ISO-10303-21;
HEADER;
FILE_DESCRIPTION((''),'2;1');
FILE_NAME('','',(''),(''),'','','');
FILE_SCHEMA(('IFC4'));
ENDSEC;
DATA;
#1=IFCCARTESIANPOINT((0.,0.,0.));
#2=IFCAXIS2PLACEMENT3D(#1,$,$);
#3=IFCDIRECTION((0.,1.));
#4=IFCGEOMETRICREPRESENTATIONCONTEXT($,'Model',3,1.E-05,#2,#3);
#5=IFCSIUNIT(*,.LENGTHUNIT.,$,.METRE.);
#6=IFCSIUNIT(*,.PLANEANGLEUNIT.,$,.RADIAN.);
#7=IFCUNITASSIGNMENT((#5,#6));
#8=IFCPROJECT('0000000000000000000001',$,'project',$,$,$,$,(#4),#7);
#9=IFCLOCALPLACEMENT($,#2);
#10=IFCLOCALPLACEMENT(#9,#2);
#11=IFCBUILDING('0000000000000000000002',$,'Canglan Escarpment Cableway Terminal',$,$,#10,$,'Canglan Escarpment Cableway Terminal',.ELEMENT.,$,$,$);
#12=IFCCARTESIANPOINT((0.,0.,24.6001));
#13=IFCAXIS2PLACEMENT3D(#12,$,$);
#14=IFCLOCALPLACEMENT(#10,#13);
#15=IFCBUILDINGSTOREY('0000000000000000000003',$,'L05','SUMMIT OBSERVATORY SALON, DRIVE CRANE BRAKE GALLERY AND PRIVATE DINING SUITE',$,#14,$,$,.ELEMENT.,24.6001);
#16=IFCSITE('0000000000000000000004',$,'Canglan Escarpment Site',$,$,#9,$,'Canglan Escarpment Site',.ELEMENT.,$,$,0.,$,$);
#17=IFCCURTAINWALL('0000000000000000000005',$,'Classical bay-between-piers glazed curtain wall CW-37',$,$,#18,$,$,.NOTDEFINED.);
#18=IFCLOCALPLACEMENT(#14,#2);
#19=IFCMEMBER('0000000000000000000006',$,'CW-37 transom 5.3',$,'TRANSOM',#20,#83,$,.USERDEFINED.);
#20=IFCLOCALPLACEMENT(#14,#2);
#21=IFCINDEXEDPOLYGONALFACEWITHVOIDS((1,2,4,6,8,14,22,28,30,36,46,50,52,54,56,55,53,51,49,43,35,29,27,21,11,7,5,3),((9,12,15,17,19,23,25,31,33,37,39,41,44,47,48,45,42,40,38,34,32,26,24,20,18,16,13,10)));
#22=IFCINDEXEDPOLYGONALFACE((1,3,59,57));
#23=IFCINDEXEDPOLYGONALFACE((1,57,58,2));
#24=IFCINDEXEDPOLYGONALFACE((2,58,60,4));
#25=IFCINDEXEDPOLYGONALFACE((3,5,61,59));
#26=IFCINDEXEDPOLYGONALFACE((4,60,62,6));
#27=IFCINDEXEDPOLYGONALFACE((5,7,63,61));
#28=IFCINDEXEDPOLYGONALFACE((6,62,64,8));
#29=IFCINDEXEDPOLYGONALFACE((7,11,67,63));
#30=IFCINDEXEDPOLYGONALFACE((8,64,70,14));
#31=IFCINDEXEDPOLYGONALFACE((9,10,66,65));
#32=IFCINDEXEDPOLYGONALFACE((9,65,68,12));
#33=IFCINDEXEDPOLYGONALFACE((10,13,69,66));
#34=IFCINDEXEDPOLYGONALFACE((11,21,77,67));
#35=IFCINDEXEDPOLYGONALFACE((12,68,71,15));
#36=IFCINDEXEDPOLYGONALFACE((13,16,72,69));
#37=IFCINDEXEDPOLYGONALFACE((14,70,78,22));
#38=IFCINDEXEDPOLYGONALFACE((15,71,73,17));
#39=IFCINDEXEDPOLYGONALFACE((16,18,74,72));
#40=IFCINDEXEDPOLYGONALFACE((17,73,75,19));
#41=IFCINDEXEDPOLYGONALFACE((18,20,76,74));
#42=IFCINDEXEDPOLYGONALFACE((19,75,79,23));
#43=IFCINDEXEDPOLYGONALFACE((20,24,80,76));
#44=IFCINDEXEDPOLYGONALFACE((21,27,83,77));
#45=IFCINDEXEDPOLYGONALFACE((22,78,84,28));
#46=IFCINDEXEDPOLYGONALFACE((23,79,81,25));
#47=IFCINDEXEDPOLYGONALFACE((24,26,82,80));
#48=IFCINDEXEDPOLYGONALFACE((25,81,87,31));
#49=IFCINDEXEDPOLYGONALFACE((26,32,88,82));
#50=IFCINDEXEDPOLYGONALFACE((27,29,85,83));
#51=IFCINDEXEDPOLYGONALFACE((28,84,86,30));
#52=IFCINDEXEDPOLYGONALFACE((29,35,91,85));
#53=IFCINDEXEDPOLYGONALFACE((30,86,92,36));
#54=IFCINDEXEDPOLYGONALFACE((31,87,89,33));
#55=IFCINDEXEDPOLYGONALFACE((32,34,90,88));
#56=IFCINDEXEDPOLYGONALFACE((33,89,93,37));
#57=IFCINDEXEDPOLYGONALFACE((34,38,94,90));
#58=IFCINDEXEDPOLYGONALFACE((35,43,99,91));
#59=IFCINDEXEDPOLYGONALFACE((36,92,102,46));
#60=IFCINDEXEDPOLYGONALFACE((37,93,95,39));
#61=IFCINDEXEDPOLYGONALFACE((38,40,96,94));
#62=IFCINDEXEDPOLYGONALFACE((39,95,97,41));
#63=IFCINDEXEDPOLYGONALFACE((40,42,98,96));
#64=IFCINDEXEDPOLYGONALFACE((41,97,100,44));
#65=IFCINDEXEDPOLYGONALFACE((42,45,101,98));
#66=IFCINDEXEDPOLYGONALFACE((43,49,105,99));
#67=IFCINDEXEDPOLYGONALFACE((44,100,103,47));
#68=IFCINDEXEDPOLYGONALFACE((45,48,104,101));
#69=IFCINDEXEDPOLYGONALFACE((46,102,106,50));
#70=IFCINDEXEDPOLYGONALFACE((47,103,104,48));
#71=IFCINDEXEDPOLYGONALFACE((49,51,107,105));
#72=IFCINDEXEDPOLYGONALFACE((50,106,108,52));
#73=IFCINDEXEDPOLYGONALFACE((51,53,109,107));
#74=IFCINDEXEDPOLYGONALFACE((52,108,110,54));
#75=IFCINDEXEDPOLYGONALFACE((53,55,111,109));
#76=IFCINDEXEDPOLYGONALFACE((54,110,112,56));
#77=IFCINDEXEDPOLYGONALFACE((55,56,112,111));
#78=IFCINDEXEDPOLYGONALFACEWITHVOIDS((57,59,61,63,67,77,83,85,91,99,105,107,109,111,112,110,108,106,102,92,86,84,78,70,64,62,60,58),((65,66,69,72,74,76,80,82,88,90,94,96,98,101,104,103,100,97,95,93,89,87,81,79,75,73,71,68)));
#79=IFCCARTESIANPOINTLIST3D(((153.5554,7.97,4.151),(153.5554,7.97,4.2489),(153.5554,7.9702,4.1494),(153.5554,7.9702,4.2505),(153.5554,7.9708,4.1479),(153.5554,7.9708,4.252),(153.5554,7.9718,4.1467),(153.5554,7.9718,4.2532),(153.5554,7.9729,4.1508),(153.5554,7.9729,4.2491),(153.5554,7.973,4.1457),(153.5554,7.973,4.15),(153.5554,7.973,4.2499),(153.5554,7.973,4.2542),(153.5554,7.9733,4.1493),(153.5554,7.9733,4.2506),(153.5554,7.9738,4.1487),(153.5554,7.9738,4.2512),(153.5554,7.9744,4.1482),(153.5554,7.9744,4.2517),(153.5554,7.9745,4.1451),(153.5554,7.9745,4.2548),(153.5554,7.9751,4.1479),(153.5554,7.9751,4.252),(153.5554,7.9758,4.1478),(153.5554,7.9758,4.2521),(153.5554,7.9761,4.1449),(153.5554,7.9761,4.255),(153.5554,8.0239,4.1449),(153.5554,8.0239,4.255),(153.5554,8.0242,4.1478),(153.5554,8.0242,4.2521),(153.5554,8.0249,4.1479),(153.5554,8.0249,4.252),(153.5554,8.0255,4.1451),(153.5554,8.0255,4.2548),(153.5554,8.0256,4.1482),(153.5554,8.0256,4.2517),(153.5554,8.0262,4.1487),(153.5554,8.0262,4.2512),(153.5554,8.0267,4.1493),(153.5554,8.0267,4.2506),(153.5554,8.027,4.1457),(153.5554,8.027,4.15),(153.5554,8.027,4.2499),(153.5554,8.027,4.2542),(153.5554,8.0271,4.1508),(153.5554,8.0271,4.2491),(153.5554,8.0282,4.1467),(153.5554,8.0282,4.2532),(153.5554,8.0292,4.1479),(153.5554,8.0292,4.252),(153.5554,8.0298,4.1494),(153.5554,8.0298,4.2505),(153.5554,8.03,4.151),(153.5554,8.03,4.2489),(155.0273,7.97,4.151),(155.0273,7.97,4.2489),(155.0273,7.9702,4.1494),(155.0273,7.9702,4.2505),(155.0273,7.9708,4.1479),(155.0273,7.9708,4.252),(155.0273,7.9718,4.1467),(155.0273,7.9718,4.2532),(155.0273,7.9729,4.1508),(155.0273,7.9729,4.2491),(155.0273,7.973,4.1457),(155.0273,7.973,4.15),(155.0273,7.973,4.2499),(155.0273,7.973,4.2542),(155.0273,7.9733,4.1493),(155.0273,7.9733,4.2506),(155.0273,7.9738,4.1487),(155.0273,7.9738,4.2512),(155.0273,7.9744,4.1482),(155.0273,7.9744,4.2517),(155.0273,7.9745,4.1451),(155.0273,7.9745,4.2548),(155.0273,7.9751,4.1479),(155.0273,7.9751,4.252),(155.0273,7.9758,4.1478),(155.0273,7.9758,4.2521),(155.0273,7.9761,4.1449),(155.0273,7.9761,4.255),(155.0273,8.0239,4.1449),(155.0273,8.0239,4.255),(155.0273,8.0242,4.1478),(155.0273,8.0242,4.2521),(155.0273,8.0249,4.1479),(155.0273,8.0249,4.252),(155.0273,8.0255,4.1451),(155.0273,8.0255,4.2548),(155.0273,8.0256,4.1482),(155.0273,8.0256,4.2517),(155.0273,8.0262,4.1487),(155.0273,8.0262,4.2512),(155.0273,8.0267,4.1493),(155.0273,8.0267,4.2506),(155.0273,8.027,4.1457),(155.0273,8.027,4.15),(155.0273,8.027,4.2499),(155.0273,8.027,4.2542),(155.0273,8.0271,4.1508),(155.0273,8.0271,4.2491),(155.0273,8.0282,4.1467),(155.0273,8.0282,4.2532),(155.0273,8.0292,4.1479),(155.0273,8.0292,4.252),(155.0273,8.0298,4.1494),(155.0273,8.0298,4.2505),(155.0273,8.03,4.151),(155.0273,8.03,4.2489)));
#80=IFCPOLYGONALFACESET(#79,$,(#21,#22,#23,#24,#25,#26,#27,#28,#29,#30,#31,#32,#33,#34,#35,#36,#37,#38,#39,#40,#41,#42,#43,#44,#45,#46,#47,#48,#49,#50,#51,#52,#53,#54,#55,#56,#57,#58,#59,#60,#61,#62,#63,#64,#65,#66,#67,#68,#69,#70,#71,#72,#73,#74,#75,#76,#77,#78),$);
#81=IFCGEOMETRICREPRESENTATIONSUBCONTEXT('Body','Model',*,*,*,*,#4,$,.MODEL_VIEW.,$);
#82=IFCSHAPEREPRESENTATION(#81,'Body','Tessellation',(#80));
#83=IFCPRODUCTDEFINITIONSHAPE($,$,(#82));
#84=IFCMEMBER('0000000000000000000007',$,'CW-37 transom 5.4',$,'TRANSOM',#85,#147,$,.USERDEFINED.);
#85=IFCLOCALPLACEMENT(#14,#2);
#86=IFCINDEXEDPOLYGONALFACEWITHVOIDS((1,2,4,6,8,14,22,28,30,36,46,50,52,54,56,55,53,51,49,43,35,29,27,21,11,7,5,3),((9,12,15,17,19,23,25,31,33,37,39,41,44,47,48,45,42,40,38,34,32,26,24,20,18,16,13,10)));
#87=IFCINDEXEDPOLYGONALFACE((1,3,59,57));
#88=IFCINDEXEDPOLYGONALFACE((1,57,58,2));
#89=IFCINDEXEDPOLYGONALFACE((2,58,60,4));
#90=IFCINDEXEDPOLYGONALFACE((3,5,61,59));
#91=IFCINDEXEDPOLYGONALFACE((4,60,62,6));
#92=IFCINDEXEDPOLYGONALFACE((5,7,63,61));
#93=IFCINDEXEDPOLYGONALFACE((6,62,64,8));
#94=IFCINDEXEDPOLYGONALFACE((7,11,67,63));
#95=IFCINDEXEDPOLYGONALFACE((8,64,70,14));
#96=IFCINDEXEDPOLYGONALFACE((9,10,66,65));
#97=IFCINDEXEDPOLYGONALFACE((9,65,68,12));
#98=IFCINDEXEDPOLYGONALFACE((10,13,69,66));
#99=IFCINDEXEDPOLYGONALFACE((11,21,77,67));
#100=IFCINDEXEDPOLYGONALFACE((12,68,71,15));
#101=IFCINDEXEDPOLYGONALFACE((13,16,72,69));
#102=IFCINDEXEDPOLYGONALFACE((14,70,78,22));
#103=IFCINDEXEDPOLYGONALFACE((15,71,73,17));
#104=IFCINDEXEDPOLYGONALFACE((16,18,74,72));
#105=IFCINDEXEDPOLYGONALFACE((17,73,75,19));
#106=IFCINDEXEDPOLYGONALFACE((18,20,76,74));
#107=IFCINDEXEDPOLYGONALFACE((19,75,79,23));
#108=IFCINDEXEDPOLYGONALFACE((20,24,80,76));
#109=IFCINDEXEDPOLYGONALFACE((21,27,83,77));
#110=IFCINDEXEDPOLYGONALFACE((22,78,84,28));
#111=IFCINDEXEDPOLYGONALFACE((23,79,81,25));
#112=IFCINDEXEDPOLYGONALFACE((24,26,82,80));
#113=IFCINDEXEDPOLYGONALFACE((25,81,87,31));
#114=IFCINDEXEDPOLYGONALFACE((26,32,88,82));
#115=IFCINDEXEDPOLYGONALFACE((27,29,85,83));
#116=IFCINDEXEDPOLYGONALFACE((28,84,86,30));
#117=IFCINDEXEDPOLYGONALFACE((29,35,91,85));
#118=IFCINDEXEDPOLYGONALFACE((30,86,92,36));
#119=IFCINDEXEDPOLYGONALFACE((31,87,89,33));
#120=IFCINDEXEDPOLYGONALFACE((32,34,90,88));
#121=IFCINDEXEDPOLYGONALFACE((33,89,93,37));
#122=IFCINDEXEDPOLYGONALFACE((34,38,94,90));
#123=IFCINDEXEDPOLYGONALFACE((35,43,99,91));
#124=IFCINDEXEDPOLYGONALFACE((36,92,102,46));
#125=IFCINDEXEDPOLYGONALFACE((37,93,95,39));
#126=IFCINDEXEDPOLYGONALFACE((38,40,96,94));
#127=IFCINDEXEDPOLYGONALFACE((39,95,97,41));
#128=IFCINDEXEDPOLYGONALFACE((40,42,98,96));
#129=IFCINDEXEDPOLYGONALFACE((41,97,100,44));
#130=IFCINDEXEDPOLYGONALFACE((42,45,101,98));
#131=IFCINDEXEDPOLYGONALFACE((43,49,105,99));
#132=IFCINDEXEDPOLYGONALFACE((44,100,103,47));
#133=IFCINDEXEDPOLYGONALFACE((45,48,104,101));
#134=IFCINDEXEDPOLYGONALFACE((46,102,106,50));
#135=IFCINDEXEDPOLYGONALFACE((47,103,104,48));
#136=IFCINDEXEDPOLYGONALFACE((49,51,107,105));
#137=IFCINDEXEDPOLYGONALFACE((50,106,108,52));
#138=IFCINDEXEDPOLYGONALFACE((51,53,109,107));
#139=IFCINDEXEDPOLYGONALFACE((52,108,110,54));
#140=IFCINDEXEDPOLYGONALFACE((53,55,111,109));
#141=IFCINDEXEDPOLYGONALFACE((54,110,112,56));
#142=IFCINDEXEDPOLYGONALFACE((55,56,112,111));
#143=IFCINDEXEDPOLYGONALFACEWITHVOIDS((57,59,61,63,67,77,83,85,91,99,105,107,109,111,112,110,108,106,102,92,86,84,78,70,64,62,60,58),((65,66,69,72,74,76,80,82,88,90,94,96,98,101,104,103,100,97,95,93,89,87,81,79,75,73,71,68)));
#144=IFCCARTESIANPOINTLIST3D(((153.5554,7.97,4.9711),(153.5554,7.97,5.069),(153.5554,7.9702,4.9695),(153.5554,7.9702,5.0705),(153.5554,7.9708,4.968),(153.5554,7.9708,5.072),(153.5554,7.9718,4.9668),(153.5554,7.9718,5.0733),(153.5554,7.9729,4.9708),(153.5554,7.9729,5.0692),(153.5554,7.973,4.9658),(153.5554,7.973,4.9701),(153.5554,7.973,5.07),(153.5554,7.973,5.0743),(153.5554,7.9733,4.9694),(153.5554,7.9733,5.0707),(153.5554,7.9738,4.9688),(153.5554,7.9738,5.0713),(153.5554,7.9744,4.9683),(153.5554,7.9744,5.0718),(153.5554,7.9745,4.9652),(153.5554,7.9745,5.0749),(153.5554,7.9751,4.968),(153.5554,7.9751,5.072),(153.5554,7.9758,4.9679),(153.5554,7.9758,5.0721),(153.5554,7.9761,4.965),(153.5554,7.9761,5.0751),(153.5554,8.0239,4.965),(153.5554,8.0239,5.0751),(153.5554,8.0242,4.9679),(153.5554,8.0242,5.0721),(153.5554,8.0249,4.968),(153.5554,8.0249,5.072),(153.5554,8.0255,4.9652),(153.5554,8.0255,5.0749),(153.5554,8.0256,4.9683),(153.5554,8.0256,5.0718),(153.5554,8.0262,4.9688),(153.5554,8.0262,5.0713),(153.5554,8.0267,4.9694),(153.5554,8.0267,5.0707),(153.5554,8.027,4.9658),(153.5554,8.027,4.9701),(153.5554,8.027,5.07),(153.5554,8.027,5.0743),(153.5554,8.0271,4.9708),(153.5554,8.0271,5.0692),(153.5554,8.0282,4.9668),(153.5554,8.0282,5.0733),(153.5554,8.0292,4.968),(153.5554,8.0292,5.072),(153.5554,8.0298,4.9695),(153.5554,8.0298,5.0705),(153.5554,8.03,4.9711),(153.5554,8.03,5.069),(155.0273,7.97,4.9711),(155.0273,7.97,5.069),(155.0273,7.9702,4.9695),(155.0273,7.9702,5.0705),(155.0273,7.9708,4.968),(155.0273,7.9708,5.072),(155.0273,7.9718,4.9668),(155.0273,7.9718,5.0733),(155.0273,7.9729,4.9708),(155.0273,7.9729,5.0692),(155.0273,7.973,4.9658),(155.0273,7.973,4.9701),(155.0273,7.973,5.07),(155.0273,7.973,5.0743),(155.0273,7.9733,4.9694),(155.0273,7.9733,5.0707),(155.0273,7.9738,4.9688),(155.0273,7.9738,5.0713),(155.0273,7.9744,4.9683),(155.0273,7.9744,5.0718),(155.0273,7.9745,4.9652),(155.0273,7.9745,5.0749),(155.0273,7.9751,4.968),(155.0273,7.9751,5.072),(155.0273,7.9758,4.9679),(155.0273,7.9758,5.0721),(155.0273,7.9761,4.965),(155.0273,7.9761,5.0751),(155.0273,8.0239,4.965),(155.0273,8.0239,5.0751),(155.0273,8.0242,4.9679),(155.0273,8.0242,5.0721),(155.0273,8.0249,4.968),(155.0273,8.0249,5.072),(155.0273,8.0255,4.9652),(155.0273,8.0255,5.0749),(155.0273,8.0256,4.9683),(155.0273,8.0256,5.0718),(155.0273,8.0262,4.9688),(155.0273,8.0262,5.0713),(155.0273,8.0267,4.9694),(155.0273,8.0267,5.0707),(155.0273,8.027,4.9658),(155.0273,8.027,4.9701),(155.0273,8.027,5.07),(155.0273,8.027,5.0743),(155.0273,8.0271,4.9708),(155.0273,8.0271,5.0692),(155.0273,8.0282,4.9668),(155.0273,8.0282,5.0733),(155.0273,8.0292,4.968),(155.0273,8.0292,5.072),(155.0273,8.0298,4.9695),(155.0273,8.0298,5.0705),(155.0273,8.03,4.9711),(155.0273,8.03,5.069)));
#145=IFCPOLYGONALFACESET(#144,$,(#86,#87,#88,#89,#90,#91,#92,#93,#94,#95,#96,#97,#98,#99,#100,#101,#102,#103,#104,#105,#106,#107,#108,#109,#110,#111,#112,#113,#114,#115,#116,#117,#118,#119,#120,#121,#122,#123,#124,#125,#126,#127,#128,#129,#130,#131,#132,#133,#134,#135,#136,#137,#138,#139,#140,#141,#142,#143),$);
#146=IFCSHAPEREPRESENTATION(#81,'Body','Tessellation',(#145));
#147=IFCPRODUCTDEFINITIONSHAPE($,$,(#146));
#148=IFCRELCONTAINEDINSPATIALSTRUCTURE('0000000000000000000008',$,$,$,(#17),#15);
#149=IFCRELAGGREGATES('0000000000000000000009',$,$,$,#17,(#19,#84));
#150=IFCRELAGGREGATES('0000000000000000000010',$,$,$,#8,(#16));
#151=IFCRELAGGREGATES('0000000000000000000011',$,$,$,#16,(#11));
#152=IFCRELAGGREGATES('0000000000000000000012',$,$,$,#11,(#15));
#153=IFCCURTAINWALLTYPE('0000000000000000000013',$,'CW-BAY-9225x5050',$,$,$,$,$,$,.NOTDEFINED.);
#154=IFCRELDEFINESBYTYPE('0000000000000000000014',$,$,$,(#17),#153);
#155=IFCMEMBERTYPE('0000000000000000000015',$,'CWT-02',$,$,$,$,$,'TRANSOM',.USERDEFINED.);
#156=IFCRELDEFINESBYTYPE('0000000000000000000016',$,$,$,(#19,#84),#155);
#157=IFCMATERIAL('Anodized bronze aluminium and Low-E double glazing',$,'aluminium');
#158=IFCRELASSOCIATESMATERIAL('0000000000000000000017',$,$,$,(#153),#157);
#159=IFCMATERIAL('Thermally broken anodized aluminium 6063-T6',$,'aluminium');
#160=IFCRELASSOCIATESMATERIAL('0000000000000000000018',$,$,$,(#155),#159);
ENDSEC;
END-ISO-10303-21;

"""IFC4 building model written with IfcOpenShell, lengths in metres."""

from ifc_helpers import new_model, si_unit, direction, frame, origin, origin_2d, place, context, subcontext, project, spatial, hollow_rectangle, extrude, material, material_profile, profile_set, type_object, element, aggregate, save


model = new_model("IFC4")

# Units and contexts
model_context = context("Model", 3, precision=1e-05, world=origin(), true_north=direction((0.0, 1.0)))
body_context = subcontext(model_context, "Body", "Model", "MODEL_VIEW")
ifc_project = project(units=[si_unit("LENGTHUNIT", "METRE"), si_unit("PLANEANGLEUNIT", "RADIAN")], contexts=[model_context])

# Site, building, storey
site_placement = place(None, origin())
site = spatial("IfcSite", under=ifc_project, at=site_placement, Name="Canglan Escarpment Site", LongName="Canglan Escarpment Site", CompositionType="ELEMENT", RefElevation=0.0)
building_placement = place(site_placement, origin())
building = spatial("IfcBuilding", under=site, at=building_placement, Name="Canglan Escarpment Cableway Terminal", LongName="Canglan Escarpment Cableway Terminal", CompositionType="ELEMENT")
storey_placement = place(building_placement, frame((0.0, 0.0, 24.6001)))
storey = spatial("IfcBuildingStorey", under=building, at=storey_placement, Name="L05", Description="SUMMIT OBSERVATORY SALON, DRIVE CRANE BRAKE GALLERY AND PRIVATE DINING SUITE", CompositionType="ELEMENT", Elevation=24.6001)

# Curtain wall, members
ifc_material_1 = material(Name="Anodized bronze aluminium and Low-E double glazing", Category="aluminium")
curtain_wall_type = type_object("IfcCurtainWallType", Name="CW-BAY-9225x5050", PredefinedType="NOTDEFINED", material=ifc_material_1)
curtain_wall_placement = place(storey_placement, origin())
curtain_wall = element("IfcCurtainWall", 1, at=curtain_wall_placement, inside=storey, type_object=curtain_wall_type, Name="Classical bay-between-piers glazed curtain wall CW-37", PredefinedType="NOTDEFINED")
ifc_material_2 = material(Name="Thermally broken anodized aluminium 6063-T6", Category="aluminium")
ifc_material_profile_1 = material_profile(ifc_material_2, hollow_rectangle(XDim=0.0601, YDim=0.1101, WallThickness=0.0029, InnerFilletRadius=0.0029, OuterFilletRadius=0.0061, at=origin_2d()), Name="ALU-TRAN 60x110x3")
ifc_profile_set_1 = profile_set([ifc_material_profile_1], Name="Thermally broken anodized aluminium 6063-T6")
member_type_1 = type_object("IfcMemberType", Name="CWT-02", ElementType="TRANSOM", PredefinedType="USERDEFINED", material=ifc_profile_set_1)
member_1_placement = place(storey_placement, frame((153.5554, 8.0, 4.2), z_axis=(1.0, 0.0, 0.0), x_axis=(0.0, 1.0, 0.0)))
member_1 = element("IfcMember", 2, at=member_1_placement, type_object=member_type_1, Name="CW-37 transom 5.3", ObjectType="TRANSOM", PredefinedType="USERDEFINED", context=body_context, shape_type="SweptSolid", body=[
    extrude(hollow_rectangle(XDim=0.0601, YDim=0.1101, WallThickness=0.0029, InnerFilletRadius=0.0029, OuterFilletRadius=0.0061, at=origin_2d()), origin(), (0.0, 0.0, 1.0), 1.4719),
])
member_2_placement = place(storey_placement, frame((153.5554, 8.0, 5.02), z_axis=(1.0, 0.0, 0.0), x_axis=(0.0, 1.0, 0.0)))
member_2 = element("IfcMember", 3, at=member_2_placement, type_object=member_type_1, Name="CW-37 transom 5.4", ObjectType="TRANSOM", PredefinedType="USERDEFINED", context=body_context, shape_type="SweptSolid", body=[
    extrude(hollow_rectangle(XDim=0.0601, YDim=0.1101, WallThickness=0.0029, InnerFilletRadius=0.0029, OuterFilletRadius=0.0061, at=origin_2d()), origin(), (0.0, 0.0, 1.0), 1.4719),
])

aggregate(curtain_wall, [member_1, member_2])

save(model, "model.ifc")
